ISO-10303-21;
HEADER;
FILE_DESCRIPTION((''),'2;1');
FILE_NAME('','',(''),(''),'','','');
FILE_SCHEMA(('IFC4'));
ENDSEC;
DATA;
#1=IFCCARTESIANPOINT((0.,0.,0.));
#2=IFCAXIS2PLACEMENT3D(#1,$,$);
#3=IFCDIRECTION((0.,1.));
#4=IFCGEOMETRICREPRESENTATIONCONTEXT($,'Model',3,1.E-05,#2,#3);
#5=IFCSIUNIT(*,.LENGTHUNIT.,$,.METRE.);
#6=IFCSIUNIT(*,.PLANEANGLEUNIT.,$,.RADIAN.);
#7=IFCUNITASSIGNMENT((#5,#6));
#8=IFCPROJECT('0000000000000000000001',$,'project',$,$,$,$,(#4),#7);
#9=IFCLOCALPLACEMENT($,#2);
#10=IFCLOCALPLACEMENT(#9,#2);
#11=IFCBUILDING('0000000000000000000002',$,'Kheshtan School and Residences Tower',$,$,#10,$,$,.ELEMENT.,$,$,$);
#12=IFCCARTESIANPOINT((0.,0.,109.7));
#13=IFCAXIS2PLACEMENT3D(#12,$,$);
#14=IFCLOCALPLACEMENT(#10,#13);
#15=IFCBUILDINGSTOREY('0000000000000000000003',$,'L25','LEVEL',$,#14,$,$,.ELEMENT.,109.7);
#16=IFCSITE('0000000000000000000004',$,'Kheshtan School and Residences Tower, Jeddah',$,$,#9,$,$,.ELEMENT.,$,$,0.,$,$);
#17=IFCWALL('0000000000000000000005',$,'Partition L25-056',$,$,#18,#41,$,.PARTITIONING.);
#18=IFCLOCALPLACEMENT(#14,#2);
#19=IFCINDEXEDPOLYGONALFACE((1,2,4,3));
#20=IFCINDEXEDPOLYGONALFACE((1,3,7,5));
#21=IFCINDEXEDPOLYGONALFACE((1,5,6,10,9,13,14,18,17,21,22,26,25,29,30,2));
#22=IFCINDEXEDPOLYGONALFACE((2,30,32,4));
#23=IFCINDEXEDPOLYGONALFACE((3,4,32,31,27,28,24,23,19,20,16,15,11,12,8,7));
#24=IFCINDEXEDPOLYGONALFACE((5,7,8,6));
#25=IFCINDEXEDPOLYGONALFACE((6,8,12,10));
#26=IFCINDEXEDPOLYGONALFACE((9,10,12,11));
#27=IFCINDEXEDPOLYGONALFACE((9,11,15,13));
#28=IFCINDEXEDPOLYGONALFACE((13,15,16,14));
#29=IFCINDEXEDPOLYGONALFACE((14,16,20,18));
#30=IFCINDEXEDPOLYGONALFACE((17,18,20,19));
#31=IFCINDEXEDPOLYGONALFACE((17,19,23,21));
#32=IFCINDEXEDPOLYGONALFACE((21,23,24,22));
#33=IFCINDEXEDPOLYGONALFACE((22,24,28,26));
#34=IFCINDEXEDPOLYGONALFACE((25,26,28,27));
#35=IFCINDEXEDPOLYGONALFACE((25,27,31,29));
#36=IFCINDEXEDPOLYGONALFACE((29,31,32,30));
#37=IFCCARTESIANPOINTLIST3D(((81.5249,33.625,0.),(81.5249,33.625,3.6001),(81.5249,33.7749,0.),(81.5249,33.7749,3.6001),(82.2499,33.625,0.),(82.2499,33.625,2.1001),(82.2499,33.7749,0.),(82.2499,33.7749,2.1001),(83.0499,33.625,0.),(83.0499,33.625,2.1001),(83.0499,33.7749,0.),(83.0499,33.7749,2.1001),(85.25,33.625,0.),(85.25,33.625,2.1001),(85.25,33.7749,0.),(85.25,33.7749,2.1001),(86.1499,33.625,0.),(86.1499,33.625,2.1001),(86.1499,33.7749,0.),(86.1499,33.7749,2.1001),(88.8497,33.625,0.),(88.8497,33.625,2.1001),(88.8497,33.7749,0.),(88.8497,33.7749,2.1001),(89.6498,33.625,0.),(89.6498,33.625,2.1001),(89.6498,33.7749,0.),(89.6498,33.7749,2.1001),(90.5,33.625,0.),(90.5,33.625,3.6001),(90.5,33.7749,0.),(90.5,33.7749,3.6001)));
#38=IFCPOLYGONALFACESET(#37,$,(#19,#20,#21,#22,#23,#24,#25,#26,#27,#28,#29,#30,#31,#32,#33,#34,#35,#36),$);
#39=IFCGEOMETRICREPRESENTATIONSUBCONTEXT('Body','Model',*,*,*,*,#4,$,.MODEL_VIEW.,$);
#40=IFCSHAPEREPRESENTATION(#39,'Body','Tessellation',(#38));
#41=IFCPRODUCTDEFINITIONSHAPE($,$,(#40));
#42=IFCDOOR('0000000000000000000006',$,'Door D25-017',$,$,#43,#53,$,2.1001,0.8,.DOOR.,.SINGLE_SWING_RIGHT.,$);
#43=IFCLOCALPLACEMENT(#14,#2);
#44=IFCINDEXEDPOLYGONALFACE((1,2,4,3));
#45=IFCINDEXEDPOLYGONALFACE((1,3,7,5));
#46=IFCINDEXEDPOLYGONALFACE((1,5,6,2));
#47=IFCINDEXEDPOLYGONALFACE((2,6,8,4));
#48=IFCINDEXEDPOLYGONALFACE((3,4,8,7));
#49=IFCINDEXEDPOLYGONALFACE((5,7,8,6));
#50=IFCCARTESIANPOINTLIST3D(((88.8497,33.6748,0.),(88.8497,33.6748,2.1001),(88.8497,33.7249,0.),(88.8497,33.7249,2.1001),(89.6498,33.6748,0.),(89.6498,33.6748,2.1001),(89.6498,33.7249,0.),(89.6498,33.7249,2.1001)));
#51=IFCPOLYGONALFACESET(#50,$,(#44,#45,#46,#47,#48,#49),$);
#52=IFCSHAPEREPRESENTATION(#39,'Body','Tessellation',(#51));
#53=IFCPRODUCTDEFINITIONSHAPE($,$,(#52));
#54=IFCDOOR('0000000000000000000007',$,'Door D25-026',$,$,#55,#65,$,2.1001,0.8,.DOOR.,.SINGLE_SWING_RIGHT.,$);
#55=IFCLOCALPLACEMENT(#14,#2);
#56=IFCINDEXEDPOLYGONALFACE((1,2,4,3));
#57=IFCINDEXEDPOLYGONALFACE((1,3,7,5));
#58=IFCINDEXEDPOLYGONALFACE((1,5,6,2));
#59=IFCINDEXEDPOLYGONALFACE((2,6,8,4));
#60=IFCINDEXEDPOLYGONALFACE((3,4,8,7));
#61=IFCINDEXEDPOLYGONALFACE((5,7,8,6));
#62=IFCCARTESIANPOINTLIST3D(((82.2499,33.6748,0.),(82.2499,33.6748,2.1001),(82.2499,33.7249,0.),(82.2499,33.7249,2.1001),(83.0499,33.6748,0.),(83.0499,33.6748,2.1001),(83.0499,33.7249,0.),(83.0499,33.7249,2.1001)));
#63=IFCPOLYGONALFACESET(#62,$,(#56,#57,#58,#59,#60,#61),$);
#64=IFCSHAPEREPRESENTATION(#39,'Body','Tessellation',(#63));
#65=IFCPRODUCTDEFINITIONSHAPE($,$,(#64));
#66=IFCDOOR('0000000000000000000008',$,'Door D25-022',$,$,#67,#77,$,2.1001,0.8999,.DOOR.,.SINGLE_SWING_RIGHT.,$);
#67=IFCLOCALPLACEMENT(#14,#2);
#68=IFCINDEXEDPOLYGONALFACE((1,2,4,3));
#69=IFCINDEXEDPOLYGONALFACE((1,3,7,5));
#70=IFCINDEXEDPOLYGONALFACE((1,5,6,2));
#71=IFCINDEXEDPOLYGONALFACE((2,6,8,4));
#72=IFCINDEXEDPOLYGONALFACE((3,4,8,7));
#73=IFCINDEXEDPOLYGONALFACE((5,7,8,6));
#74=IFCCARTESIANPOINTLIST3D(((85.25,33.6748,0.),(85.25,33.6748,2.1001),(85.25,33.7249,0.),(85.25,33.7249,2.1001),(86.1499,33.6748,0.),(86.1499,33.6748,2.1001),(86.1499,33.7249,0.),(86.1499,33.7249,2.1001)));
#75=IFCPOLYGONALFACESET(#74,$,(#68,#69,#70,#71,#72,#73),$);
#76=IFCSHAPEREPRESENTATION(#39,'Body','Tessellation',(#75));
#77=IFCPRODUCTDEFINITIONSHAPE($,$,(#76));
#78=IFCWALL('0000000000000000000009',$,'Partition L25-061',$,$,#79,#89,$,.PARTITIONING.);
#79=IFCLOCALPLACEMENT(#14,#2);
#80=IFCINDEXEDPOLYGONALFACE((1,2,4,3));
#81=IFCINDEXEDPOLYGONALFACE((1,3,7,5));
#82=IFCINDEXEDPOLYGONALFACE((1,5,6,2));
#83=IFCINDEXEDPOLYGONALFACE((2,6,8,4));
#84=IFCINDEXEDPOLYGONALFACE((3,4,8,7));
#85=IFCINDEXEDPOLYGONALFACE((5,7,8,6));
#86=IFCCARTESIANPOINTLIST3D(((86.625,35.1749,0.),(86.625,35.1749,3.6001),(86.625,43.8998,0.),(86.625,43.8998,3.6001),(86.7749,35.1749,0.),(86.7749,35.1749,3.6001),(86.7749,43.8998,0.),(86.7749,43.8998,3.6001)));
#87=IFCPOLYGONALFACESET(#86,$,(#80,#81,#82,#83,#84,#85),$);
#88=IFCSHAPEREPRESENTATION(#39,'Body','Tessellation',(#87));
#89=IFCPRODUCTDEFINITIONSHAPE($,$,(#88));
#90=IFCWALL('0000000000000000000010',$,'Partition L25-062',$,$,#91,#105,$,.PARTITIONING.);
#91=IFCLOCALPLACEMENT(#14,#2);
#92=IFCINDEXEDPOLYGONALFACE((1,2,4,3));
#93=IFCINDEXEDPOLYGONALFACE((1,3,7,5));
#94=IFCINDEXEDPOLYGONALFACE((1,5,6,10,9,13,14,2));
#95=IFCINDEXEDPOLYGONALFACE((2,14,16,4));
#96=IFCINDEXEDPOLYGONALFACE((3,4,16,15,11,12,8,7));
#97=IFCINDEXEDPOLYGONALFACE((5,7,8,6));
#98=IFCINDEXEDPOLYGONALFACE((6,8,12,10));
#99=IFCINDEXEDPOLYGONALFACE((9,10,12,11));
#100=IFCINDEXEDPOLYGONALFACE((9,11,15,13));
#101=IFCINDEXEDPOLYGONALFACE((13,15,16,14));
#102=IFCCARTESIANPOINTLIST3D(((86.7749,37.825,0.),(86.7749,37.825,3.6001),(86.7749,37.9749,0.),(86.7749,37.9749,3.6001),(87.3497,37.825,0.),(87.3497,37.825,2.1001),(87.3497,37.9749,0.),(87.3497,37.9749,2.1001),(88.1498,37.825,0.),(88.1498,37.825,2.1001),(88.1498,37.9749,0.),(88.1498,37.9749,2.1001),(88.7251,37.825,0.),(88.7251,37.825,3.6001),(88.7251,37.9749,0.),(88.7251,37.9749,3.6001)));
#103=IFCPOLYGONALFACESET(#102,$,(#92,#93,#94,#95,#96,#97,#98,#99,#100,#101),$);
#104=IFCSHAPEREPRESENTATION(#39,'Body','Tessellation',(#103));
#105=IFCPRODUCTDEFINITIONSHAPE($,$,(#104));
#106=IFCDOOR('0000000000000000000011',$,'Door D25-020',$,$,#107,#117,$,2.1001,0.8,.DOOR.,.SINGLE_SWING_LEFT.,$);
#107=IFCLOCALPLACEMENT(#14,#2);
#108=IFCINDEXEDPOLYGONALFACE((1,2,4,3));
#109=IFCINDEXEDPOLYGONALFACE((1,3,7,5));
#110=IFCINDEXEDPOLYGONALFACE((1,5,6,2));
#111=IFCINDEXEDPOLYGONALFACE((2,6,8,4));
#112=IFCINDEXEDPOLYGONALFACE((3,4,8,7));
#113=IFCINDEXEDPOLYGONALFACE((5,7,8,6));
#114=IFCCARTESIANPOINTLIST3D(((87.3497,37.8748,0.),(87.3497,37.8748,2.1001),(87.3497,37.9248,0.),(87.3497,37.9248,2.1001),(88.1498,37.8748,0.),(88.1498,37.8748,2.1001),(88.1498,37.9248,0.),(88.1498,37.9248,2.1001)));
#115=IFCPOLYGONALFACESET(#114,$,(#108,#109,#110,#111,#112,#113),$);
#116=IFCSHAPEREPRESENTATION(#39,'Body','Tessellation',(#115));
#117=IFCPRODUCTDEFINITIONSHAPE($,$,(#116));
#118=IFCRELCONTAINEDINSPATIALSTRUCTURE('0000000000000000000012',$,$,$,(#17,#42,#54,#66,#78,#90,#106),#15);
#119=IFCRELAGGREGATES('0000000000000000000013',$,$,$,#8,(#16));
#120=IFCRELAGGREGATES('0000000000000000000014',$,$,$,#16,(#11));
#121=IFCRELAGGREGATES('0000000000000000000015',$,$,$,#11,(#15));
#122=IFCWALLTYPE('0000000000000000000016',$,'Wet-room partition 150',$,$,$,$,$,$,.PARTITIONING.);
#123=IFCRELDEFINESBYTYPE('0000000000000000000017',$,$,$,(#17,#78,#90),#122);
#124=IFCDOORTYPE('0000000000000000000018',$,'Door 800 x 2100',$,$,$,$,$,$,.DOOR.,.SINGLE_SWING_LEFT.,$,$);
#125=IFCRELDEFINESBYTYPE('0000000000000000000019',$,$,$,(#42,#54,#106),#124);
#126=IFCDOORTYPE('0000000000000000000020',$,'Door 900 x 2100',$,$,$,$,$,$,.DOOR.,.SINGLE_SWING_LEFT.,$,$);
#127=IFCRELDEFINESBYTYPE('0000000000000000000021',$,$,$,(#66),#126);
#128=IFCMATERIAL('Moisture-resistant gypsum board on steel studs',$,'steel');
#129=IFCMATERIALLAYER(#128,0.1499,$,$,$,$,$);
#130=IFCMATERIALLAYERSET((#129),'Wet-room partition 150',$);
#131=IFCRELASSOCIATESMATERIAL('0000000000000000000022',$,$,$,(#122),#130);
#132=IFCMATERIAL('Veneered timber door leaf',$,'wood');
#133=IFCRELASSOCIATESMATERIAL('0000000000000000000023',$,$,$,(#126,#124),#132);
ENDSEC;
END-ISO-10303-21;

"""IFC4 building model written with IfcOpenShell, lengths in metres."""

from ifc_helpers import new_model, si_unit, direction, frame, frame_2d, origin, place, context, subcontext, project, spatial, rectangle, extrude, source, transform, mapped, material, layer, layer_set, type_object, element, fill, save


model = new_model("IFC4")

# Units and contexts
model_context = context("Model", 3, precision=1e-05, world=origin(), true_north=direction((0.0, 1.0)))
body_context = subcontext(model_context, "Body", "Model", "MODEL_VIEW")
ifc_project = project(units=[si_unit("LENGTHUNIT", "METRE"), si_unit("PLANEANGLEUNIT", "RADIAN")], contexts=[model_context])

# Site, building, storey
site_placement = place(None, origin())
site = spatial("IfcSite", under=ifc_project, at=site_placement, Name="Kheshtan School and Residences Tower, Jeddah", CompositionType="ELEMENT", RefElevation=0.0)
building_placement = place(site_placement, origin())
building = spatial("IfcBuilding", under=site, at=building_placement, Name="Kheshtan School and Residences Tower", CompositionType="ELEMENT")
storey_placement = place(building_placement, frame((0.0, 0.0, 109.7)))
storey = spatial("IfcBuildingStorey", under=building, at=storey_placement, Name="L25", Description="LEVEL", CompositionType="ELEMENT", Elevation=109.7)

# Wall, openings, doors
ifc_material_1 = material(Name="Moisture-resistant gypsum board on steel studs", Category="steel")
ifc_layer_1 = layer(ifc_material_1, 0.1499)
ifc_layer_set_1 = layer_set([ifc_layer_1], Name="Wet-room partition 150")
wall_type_1 = type_object("IfcWallType", Name="Wet-room partition 150", PredefinedType="PARTITIONING", material=ifc_layer_set_1)
ifc_material_2 = material(Name="Veneered timber door leaf", Category="wood")
door_type_1 = type_object("IfcDoorType", Name="Door 900 x 2100", OperationType="SINGLE_SWING_LEFT", PredefinedType="DOOR", material=ifc_material_2)
shared_shape_1 = source(origin(), body_context, "Body", "SweptSolid", [
    extrude(rectangle(XDim=0.8999, YDim=2.1001, at=frame_2d((0.45, 1.05))), frame((0.0, 0.0249, 0.0), z_axis=(0.0, -1.0, 0.0), x_axis=(1.0, 0.0, 0.0)), (0.0, 0.0, 1.0), 0.05),
])
wall_1_placement = place(storey_placement, frame((81.5249, 33.7, 0.0), z_axis=(0.0, 0.0, 1.0), x_axis=(1.0, 0.0, 0.0)))
wall_1 = element("IfcWall", 1, at=wall_1_placement, inside=storey, type_object=wall_type_1, Name="Partition L25-056", PredefinedType="PARTITIONING", context=body_context, shape_type="SweptSolid", body=[
    extrude(rectangle(XDim=8.9751, YDim=0.1499, at=frame_2d((4.4875, 0.0))), origin(), (0.0, 0.0, 1.0), 3.6001),
])
opening_1_placement = place(wall_1_placement, frame((7.325, 0.0, 0.0)))
opening_1 = element("IfcOpeningElement", 2, at=opening_1_placement, cuts=wall_1, PredefinedType="OPENING", context=body_context, shape_type="SweptSolid", body=[
    extrude(rectangle(XDim=0.8, YDim=2.1001, at=frame_2d((0.3999, 1.05))), frame((0.0, 0.085, 0.0), z_axis=(0.0, -1.0, 0.0), x_axis=(1.0, 0.0, 0.0)), (0.0, 0.0, 1.0), 0.1699),
])
opening_2_placement = place(wall_1_placement, frame((3.7251, 0.0, 0.0)))
opening_2 = element("IfcOpeningElement", 3, at=opening_2_placement, cuts=wall_1, PredefinedType="OPENING", context=body_context, shape_type="SweptSolid", body=[
    extrude(rectangle(XDim=0.8999, YDim=2.1001, at=frame_2d((0.45, 1.05))), frame((0.0, 0.085, 0.0), z_axis=(0.0, -1.0, 0.0), x_axis=(1.0, 0.0, 0.0)), (0.0, 0.0, 1.0), 0.1699),
])
opening_3_placement = place(wall_1_placement, frame((0.7251, 0.0, 0.0)))
opening_3 = element("IfcOpeningElement", 4, at=opening_3_placement, cuts=wall_1, PredefinedType="OPENING", context=body_context, shape_type="SweptSolid", body=[
    extrude(rectangle(XDim=0.8, YDim=2.1001, at=frame_2d((0.3999, 1.05))), frame((0.0, 0.085, 0.0), z_axis=(0.0, -1.0, 0.0), x_axis=(1.0, 0.0, 0.0)), (0.0, 0.0, 1.0), 0.1699),
])
door_type_2 = type_object("IfcDoorType", Name="Door 800 x 2100", OperationType="SINGLE_SWING_LEFT", PredefinedType="DOOR", material=ifc_material_2)
shared_shape_2 = source(origin(), body_context, "Body", "SweptSolid", [
    extrude(rectangle(XDim=0.8, YDim=2.1001, at=frame_2d((0.3999, 1.05))), frame((0.0, 0.0249, 0.0), z_axis=(0.0, -1.0, 0.0), x_axis=(1.0, 0.0, 0.0)), (0.0, 0.0, 1.0), 0.05),
])
door_1_placement = place(opening_1_placement, origin())
door_1 = element("IfcDoor", 5, at=door_1_placement, inside=storey, type_object=door_type_2, Name="Door D25-017", OperationType="SINGLE_SWING_RIGHT", OverallHeight=2.1001, OverallWidth=0.8, PredefinedType="DOOR", context=body_context, shape_type="MappedRepresentation", body=[
    mapped(shared_shape_2, transform((0.0, 0.0, 0.0), x_axis=(1.0, 0.0, 0.0), y_axis=(0.0, 1.0, 0.0), z_axis=(0.0, 0.0, 1.0), scale=1.0)),
])
fill(opening_1, door_1)
door_2_placement = place(opening_3_placement, origin())
door_2 = element("IfcDoor", 6, at=door_2_placement, inside=storey, type_object=door_type_2, Name="Door D25-026", OperationType="SINGLE_SWING_RIGHT", OverallHeight=2.1001, OverallWidth=0.8, PredefinedType="DOOR", context=body_context, shape_type="MappedRepresentation", body=[
    mapped(shared_shape_2, transform((0.0, 0.0, 0.0), x_axis=(1.0, 0.0, 0.0), y_axis=(0.0, 1.0, 0.0), z_axis=(0.0, 0.0, 1.0), scale=1.0)),
])
fill(opening_3, door_2)
door_3_placement = place(opening_2_placement, origin())
door_3 = element("IfcDoor", 7, at=door_3_placement, inside=storey, type_object=door_type_1, Name="Door D25-022", OperationType="SINGLE_SWING_RIGHT", OverallHeight=2.1001, OverallWidth=0.8999, PredefinedType="DOOR", context=body_context, shape_type="MappedRepresentation", body=[
    mapped(shared_shape_1, transform((0.0, 0.0, 0.0), x_axis=(1.0, 0.0, 0.0), y_axis=(0.0, 1.0, 0.0), z_axis=(0.0, 0.0, 1.0), scale=1.0)),
])
fill(opening_2, door_3)

# Wall
wall_2_placement = place(storey_placement, frame((86.7, 35.175, 0.0), z_axis=(0.0, 0.0, 1.0), x_axis=(0.0, 1.0, 0.0)))
element("IfcWall", 8, at=wall_2_placement, inside=storey, type_object=wall_type_1, Name="Partition L25-061", PredefinedType="PARTITIONING", context=body_context, shape_type="SweptSolid", body=[
    extrude(rectangle(XDim=8.7249, YDim=0.1499, at=frame_2d((4.3623, 0.0))), origin(), (0.0, 0.0, 1.0), 3.6001),
])

# Wall, opening, door
wall_3_placement = place(storey_placement, frame((86.7749, 37.8999, 0.0), z_axis=(0.0, 0.0, 1.0), x_axis=(1.0, 0.0, 0.0)))
wall_3 = element("IfcWall", 9, at=wall_3_placement, inside=storey, type_object=wall_type_1, Name="Partition L25-062", PredefinedType="PARTITIONING", context=body_context, shape_type="SweptSolid", body=[
    extrude(rectangle(XDim=1.9502, YDim=0.1499, at=frame_2d((0.9751, 0.0))), origin(), (0.0, 0.0, 1.0), 3.6001),
])
opening_4_placement = place(wall_3_placement, frame((0.575, 0.0, 0.0)))
opening_4 = element("IfcOpeningElement", 10, at=opening_4_placement, cuts=wall_3, PredefinedType="OPENING", context=body_context, shape_type="SweptSolid", body=[
    extrude(rectangle(XDim=0.8, YDim=2.1001, at=frame_2d((0.3999, 1.05))), frame((0.0, 0.085, 0.0), z_axis=(0.0, -1.0, 0.0), x_axis=(1.0, 0.0, 0.0)), (0.0, 0.0, 1.0), 0.1699),
])
door_4_placement = place(opening_4_placement, origin())
door_4 = element("IfcDoor", 11, at=door_4_placement, inside=storey, type_object=door_type_2, Name="Door D25-020", OperationType="SINGLE_SWING_LEFT", OverallHeight=2.1001, OverallWidth=0.8, PredefinedType="DOOR", context=body_context, shape_type="MappedRepresentation", body=[
    mapped(shared_shape_2, transform((0.0, 0.0, 0.0), x_axis=(1.0, 0.0, 0.0), y_axis=(0.0, 1.0, 0.0), z_axis=(0.0, 0.0, 1.0), scale=1.0)),
])
fill(opening_4, door_4)

save(model, "model.ifc")
